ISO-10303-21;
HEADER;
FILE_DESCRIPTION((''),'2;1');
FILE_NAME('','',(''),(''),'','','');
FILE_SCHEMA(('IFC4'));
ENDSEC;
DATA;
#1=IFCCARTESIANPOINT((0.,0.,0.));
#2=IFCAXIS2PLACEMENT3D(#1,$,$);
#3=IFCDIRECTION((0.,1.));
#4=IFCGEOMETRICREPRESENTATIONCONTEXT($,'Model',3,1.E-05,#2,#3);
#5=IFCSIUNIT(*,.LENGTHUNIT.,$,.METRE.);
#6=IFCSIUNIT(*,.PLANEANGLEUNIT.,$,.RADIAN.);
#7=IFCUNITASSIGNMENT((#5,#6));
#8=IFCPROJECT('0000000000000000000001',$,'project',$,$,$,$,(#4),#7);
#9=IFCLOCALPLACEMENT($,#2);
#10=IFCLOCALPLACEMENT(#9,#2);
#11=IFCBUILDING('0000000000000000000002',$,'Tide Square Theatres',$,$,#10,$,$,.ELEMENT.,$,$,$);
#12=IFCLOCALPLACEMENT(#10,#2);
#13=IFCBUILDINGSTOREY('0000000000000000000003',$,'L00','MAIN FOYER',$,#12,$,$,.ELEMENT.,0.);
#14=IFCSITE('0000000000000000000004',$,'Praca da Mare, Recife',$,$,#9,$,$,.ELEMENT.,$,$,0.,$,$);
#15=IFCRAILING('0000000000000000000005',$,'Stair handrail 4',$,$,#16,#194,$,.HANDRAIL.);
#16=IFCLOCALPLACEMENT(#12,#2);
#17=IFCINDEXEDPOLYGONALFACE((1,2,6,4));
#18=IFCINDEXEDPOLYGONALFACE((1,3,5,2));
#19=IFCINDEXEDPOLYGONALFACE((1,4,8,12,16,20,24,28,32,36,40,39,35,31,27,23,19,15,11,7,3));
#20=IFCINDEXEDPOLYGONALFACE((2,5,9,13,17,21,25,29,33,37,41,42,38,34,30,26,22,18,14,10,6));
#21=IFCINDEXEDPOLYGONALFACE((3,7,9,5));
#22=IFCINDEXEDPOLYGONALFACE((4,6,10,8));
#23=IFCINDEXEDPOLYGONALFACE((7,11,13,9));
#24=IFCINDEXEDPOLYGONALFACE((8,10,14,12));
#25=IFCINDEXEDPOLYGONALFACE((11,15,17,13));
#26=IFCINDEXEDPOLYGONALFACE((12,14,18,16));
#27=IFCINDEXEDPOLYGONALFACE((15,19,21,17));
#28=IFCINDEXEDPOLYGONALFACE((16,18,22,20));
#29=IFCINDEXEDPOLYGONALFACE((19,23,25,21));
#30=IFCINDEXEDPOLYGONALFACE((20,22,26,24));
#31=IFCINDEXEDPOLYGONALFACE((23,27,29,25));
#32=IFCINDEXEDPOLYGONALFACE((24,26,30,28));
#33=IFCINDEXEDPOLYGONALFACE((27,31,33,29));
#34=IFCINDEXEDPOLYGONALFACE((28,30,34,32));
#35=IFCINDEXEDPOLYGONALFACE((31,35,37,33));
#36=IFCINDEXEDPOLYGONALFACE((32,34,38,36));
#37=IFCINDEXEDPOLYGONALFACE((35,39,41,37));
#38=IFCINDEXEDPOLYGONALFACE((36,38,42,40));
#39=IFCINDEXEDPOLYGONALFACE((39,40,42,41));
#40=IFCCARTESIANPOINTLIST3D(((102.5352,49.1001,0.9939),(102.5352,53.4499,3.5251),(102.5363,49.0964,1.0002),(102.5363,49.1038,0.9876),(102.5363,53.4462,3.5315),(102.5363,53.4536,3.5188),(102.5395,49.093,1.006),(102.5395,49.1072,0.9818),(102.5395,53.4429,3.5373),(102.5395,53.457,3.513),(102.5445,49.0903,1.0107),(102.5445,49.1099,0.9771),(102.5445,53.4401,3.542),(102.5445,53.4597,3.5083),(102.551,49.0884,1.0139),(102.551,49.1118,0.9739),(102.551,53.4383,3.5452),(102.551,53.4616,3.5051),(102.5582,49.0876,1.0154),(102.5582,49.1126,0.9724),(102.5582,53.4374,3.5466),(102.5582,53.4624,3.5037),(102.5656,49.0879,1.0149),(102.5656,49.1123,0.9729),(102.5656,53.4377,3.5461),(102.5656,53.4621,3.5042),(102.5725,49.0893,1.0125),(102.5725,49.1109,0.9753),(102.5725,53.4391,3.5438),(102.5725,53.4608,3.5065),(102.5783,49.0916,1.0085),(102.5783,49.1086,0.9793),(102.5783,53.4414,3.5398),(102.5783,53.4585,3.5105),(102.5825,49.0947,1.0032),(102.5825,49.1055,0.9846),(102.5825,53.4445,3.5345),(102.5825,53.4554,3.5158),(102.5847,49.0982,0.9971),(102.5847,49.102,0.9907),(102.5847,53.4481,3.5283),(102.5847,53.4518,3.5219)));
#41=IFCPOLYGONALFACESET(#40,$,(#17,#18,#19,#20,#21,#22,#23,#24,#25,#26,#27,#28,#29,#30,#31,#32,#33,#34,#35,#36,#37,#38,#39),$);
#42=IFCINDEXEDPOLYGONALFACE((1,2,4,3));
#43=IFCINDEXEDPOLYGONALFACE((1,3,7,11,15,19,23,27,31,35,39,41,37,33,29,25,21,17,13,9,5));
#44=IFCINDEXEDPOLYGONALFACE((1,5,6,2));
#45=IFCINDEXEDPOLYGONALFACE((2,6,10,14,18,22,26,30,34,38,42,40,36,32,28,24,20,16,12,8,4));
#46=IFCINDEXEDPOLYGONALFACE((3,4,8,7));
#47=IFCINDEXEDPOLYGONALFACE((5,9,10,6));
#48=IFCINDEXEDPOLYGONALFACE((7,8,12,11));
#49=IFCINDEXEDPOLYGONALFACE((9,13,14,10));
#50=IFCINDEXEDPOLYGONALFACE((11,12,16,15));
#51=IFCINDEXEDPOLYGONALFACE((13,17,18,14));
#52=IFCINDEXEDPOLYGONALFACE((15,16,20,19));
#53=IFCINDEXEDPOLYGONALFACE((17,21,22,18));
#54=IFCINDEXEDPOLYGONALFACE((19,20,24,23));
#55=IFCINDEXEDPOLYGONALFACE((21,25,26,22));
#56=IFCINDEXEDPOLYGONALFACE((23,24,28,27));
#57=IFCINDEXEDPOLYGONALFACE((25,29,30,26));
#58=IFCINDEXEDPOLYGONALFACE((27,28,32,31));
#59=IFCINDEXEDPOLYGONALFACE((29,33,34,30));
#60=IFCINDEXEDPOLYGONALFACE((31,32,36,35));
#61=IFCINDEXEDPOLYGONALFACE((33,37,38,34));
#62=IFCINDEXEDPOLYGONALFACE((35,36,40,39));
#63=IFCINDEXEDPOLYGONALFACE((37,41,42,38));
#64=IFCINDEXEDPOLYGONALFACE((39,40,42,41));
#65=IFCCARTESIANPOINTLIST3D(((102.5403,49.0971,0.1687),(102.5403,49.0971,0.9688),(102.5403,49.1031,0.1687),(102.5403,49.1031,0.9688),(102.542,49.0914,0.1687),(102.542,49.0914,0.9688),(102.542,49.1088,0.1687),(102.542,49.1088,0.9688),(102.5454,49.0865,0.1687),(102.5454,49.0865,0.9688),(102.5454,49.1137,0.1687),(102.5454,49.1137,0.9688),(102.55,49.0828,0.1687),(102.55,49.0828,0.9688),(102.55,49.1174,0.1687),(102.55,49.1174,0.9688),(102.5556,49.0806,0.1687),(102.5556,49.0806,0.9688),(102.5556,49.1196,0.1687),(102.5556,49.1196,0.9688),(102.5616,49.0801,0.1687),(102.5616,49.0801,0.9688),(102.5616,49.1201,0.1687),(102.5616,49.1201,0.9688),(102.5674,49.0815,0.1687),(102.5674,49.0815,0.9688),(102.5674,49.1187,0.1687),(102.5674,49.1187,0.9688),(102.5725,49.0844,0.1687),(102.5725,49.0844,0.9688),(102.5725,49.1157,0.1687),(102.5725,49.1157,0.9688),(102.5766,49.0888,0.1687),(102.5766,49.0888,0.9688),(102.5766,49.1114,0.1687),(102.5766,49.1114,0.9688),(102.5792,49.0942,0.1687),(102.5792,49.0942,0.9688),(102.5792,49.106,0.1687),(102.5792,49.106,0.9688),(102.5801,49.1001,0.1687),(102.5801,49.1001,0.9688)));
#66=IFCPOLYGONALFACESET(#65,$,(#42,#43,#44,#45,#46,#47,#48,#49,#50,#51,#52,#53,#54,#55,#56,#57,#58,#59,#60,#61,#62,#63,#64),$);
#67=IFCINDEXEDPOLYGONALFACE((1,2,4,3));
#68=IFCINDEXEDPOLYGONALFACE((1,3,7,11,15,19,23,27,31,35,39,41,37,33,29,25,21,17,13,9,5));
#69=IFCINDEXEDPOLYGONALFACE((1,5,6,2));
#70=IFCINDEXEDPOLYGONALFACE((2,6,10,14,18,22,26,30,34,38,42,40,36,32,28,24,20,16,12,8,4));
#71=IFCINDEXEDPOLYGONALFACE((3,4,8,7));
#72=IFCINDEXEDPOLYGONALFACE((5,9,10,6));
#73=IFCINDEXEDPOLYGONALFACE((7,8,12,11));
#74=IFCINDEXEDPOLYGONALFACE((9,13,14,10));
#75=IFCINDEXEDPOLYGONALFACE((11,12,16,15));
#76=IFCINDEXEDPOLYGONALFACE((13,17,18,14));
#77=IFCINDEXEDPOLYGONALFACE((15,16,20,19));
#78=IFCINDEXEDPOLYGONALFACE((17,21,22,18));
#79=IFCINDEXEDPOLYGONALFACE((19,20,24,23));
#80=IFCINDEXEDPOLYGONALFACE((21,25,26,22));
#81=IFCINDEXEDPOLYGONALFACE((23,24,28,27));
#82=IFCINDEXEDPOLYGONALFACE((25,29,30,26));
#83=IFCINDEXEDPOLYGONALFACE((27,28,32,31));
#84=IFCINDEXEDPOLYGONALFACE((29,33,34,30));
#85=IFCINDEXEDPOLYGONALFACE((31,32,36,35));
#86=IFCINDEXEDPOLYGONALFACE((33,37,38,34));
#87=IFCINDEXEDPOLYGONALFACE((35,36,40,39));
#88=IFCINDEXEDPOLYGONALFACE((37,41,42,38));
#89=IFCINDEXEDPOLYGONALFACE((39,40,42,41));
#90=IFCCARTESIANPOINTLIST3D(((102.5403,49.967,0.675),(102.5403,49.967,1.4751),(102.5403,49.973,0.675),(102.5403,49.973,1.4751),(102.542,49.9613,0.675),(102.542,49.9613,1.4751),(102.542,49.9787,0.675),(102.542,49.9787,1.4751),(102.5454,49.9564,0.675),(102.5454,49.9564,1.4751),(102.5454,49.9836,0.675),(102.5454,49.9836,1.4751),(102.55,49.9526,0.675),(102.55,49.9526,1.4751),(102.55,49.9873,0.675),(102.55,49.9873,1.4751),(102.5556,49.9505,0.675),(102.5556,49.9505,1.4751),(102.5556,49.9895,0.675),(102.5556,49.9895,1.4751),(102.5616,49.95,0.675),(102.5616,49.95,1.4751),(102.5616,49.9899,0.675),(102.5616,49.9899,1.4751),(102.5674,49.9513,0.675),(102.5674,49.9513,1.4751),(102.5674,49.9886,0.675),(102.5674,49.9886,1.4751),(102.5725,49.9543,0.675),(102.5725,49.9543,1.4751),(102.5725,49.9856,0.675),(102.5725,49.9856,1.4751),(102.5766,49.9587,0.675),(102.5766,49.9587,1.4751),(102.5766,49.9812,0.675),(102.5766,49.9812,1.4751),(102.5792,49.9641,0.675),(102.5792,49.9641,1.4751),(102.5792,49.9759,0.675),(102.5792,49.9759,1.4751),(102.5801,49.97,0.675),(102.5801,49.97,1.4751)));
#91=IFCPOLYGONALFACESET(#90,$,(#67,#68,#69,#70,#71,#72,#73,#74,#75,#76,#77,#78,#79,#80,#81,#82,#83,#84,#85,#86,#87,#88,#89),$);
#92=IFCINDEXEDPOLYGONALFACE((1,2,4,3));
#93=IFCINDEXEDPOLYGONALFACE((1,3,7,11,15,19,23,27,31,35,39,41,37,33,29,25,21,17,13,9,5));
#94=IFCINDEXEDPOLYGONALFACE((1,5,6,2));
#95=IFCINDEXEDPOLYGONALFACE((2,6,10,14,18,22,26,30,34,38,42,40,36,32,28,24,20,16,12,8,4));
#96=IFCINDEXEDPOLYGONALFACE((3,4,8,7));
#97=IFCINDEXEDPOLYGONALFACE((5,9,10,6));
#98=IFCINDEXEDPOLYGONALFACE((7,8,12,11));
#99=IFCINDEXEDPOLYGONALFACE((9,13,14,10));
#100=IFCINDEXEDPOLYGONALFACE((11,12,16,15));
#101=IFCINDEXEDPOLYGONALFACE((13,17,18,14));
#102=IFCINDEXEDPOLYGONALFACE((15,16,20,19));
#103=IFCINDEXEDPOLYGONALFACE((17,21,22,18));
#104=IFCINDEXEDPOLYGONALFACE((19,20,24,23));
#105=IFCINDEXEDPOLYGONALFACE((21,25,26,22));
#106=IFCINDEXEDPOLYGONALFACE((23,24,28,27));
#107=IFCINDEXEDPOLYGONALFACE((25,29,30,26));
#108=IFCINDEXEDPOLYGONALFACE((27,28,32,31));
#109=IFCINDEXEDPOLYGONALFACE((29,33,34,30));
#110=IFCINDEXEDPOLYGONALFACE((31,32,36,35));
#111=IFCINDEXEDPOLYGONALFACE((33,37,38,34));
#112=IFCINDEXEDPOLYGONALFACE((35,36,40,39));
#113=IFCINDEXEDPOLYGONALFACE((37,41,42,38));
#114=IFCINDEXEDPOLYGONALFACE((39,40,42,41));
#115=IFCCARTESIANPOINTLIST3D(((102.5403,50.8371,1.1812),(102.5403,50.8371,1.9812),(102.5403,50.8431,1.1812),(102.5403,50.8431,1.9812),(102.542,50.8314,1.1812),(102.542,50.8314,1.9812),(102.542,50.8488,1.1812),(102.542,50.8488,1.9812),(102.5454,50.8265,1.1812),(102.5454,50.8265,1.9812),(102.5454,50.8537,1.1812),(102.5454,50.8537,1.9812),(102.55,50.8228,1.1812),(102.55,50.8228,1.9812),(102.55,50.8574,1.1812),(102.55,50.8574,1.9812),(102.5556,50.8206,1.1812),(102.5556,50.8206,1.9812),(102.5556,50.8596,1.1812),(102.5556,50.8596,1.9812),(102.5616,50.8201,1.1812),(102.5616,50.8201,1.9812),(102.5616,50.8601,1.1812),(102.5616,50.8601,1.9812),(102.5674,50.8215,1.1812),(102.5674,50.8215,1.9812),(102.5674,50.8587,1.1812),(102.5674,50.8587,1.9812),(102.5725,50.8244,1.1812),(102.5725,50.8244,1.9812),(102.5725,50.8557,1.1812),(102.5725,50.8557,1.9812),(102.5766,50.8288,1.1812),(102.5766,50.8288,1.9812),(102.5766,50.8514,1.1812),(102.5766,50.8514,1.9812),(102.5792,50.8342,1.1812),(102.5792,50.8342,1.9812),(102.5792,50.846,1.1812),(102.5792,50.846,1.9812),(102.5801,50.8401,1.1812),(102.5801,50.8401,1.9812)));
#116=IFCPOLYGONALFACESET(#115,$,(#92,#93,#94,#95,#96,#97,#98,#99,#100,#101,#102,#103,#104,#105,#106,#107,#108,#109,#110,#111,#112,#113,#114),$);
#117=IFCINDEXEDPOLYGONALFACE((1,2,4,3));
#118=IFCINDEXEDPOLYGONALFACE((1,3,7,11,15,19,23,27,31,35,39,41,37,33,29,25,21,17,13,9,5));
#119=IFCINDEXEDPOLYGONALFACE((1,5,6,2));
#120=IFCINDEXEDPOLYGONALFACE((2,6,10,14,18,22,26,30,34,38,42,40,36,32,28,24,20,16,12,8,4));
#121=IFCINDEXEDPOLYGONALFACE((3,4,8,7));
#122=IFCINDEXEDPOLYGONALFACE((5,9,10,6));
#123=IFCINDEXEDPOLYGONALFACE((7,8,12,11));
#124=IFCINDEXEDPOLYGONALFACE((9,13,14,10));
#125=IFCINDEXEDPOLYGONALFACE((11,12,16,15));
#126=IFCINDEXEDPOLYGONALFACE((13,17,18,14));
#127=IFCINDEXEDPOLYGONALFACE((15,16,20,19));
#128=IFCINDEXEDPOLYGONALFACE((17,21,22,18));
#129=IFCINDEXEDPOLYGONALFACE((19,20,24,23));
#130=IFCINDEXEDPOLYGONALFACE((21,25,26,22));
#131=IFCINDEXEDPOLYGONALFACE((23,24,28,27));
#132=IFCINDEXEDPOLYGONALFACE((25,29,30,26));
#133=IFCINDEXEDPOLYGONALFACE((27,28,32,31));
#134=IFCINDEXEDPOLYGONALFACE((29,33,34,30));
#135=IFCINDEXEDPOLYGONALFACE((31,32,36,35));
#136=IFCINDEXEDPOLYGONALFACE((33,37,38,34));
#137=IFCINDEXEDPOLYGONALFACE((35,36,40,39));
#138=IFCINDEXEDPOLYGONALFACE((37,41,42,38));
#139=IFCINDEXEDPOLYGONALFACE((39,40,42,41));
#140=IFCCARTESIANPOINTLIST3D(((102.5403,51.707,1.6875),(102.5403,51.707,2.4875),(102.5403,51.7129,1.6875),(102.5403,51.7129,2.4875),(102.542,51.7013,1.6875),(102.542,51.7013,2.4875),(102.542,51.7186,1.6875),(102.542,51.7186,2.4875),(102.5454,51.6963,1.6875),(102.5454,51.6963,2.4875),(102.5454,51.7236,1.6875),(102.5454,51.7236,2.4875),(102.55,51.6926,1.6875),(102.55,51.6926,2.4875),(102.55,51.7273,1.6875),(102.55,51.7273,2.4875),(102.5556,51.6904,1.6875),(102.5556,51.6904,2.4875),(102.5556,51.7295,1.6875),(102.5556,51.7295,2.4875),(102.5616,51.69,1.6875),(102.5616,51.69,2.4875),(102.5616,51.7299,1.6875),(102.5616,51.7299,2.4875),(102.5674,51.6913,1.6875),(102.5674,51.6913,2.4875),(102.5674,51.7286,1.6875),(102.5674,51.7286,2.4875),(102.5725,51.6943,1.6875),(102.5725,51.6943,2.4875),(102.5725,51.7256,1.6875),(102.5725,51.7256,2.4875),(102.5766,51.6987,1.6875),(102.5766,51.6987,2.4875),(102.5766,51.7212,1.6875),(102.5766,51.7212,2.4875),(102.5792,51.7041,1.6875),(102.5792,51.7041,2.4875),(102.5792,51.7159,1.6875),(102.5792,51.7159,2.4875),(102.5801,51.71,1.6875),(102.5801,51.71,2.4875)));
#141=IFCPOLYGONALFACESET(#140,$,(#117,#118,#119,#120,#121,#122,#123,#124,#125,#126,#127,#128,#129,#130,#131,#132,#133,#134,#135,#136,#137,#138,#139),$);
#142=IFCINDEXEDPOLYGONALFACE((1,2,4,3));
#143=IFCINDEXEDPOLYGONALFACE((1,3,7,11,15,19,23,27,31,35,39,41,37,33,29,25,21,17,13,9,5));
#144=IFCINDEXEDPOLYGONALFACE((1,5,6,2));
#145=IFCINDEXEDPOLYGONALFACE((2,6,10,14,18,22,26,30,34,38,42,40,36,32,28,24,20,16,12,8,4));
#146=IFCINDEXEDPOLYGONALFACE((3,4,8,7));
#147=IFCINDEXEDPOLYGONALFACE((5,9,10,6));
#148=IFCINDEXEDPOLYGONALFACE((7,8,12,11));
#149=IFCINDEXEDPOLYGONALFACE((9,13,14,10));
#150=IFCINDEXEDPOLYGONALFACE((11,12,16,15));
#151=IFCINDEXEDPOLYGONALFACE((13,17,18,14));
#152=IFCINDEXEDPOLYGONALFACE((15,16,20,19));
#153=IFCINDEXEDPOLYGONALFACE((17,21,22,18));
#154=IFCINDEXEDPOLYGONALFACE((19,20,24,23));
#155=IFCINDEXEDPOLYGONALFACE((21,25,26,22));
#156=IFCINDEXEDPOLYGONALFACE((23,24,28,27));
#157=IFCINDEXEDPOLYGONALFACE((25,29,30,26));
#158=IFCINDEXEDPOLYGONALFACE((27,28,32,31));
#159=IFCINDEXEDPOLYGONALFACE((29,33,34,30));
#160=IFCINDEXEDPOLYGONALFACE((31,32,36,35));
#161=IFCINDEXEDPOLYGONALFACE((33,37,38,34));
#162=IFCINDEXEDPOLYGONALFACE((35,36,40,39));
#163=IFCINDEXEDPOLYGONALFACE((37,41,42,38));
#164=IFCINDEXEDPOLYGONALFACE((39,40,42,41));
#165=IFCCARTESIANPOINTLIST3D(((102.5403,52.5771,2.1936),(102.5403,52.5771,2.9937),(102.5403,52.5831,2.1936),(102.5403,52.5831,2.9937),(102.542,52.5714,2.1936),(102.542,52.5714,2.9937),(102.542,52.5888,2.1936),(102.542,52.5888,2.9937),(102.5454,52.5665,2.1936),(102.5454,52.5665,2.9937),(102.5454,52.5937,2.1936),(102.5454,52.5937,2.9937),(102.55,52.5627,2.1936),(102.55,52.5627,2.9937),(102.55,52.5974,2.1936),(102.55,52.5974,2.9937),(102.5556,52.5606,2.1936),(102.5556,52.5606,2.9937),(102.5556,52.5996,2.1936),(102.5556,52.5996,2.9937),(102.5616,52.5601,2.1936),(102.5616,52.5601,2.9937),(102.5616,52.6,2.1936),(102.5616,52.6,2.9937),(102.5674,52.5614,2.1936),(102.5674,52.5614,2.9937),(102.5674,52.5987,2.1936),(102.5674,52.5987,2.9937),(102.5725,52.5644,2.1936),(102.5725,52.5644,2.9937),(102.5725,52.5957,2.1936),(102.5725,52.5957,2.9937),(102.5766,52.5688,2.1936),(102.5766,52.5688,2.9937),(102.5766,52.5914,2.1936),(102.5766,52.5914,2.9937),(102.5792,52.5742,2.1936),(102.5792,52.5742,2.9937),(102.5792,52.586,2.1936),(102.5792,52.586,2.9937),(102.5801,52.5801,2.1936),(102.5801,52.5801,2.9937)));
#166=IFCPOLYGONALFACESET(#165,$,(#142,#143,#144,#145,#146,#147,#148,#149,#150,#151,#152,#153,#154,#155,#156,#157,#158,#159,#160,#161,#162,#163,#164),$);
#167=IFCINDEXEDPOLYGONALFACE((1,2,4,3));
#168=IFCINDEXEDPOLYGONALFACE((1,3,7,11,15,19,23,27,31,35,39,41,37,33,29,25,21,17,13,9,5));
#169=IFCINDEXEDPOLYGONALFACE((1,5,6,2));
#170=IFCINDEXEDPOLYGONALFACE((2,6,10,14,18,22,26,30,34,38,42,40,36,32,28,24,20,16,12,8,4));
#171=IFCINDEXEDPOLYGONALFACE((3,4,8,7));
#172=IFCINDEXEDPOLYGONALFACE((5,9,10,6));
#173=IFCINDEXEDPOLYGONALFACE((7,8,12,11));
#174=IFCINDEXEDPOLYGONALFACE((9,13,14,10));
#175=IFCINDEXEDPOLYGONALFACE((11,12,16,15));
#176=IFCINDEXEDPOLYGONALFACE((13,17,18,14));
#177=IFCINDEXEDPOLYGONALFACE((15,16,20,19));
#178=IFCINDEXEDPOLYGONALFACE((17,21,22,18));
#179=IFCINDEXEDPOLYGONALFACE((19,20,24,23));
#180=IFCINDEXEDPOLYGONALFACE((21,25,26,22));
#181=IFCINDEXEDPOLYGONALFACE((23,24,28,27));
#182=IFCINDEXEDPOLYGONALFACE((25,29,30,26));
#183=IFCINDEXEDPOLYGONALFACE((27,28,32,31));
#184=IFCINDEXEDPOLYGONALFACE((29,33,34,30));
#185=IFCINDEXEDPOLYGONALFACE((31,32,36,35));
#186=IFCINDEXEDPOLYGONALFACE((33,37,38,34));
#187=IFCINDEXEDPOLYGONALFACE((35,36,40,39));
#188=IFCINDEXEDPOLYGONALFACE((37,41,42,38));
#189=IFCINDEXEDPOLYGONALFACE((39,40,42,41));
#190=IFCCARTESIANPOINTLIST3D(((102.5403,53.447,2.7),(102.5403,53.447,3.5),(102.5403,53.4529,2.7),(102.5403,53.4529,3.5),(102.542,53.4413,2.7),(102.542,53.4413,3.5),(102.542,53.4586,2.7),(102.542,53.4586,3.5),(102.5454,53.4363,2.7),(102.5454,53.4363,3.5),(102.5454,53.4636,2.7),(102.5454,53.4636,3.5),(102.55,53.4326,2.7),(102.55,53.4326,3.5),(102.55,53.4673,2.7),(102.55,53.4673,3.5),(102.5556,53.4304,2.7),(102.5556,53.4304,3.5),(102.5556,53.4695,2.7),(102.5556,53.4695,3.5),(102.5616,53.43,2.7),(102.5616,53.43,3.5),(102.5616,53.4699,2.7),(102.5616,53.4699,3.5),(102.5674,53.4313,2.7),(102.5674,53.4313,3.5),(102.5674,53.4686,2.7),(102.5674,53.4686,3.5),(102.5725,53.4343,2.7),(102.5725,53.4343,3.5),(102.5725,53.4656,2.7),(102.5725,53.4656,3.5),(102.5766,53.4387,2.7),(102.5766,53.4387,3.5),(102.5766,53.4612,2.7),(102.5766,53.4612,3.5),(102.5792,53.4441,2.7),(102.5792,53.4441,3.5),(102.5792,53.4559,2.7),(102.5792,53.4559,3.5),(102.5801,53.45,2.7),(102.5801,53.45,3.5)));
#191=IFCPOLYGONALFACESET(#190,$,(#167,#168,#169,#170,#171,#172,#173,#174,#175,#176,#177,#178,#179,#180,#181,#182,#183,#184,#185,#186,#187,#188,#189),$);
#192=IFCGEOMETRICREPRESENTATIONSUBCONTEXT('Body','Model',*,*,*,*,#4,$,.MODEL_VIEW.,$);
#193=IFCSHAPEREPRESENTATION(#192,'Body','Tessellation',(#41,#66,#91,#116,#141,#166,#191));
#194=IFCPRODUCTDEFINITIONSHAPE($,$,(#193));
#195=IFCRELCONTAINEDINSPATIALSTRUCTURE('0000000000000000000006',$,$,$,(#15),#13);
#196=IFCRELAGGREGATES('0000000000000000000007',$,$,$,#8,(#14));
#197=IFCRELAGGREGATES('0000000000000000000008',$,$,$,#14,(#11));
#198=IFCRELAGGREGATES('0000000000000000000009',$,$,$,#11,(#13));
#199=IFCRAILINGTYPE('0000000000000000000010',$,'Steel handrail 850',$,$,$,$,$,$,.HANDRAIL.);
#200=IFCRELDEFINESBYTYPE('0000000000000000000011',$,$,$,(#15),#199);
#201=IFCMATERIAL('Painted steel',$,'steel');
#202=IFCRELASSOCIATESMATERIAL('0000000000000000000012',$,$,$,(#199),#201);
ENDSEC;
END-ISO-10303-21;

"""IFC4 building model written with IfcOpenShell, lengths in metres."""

from ifc_helpers import new_model, si_unit, direction, frame, origin, origin_2d, place, context, subcontext, project, spatial, circle, extrude, material, type_object, element, save


model = new_model("IFC4")

# Units and contexts
model_context = context("Model", 3, precision=1e-05, world=origin(), true_north=direction((0.0, 1.0)))
body_context = subcontext(model_context, "Body", "Model", "MODEL_VIEW")
ifc_project = project(units=[si_unit("LENGTHUNIT", "METRE"), si_unit("PLANEANGLEUNIT", "RADIAN")], contexts=[model_context])

# Site, building, storey
site_placement = place(None, origin())
site = spatial("IfcSite", under=ifc_project, at=site_placement, Name="Praca da Mare, Recife", CompositionType="ELEMENT", RefElevation=0.0)
building_placement = place(site_placement, origin())
building = spatial("IfcBuilding", under=site, at=building_placement, Name="Tide Square Theatres", CompositionType="ELEMENT")
storey_placement = place(building_placement, origin())
storey = spatial("IfcBuildingStorey", under=building, at=storey_placement, Name="L00", Description="MAIN FOYER", CompositionType="ELEMENT", Elevation=0.0)

# Railing
ifc_material_1 = material(Name="Painted steel", Category="steel")
railing_type = type_object("IfcRailingType", Name="Steel handrail 850", PredefinedType="HANDRAIL", material=ifc_material_1)
for number, where, name in (
    (1, (102.5601, 49.1001, 0.1687), "Stair handrail 4"),
):
    element("IfcRailing", number, at=place(storey_placement, frame(where)), inside=storey, type_object=railing_type, Name=name, PredefinedType="HANDRAIL", context=body_context, shape_type="SweptSolid", body=[
        extrude(circle(Radius=0.0249, at=origin_2d()), frame((0.0, 0.0, 0.8252), z_axis=(0.0, 0.864312, 0.502957), x_axis=(-1.0, 0.0, 0.0)), (0.0, 0.0, 1.0), 5.0327),
        extrude(circle(Radius=0.02, at=origin_2d()), origin(), (0.0, 0.0, 1.0), 0.8),
        extrude(circle(Radius=0.02, at=origin_2d()), frame((0.0, 0.8699, 0.5063)), (0.0, 0.0, 1.0), 0.8),
        extrude(circle(Radius=0.02, at=origin_2d()), frame((0.0, 1.74, 1.0125)), (0.0, 0.0, 1.0), 0.8),
        extrude(circle(Radius=0.02, at=origin_2d()), frame((0.0, 2.6099, 1.5188)), (0.0, 0.0, 1.0), 0.8),
        extrude(circle(Radius=0.02, at=origin_2d()), frame((0.0, 3.48, 2.0249)), (0.0, 0.0, 1.0), 0.8),
        extrude(circle(Radius=0.02, at=origin_2d()), frame((0.0, 4.3499, 2.5312)), (0.0, 0.0, 1.0), 0.8),
    ])

save(model, "model.ifc")
